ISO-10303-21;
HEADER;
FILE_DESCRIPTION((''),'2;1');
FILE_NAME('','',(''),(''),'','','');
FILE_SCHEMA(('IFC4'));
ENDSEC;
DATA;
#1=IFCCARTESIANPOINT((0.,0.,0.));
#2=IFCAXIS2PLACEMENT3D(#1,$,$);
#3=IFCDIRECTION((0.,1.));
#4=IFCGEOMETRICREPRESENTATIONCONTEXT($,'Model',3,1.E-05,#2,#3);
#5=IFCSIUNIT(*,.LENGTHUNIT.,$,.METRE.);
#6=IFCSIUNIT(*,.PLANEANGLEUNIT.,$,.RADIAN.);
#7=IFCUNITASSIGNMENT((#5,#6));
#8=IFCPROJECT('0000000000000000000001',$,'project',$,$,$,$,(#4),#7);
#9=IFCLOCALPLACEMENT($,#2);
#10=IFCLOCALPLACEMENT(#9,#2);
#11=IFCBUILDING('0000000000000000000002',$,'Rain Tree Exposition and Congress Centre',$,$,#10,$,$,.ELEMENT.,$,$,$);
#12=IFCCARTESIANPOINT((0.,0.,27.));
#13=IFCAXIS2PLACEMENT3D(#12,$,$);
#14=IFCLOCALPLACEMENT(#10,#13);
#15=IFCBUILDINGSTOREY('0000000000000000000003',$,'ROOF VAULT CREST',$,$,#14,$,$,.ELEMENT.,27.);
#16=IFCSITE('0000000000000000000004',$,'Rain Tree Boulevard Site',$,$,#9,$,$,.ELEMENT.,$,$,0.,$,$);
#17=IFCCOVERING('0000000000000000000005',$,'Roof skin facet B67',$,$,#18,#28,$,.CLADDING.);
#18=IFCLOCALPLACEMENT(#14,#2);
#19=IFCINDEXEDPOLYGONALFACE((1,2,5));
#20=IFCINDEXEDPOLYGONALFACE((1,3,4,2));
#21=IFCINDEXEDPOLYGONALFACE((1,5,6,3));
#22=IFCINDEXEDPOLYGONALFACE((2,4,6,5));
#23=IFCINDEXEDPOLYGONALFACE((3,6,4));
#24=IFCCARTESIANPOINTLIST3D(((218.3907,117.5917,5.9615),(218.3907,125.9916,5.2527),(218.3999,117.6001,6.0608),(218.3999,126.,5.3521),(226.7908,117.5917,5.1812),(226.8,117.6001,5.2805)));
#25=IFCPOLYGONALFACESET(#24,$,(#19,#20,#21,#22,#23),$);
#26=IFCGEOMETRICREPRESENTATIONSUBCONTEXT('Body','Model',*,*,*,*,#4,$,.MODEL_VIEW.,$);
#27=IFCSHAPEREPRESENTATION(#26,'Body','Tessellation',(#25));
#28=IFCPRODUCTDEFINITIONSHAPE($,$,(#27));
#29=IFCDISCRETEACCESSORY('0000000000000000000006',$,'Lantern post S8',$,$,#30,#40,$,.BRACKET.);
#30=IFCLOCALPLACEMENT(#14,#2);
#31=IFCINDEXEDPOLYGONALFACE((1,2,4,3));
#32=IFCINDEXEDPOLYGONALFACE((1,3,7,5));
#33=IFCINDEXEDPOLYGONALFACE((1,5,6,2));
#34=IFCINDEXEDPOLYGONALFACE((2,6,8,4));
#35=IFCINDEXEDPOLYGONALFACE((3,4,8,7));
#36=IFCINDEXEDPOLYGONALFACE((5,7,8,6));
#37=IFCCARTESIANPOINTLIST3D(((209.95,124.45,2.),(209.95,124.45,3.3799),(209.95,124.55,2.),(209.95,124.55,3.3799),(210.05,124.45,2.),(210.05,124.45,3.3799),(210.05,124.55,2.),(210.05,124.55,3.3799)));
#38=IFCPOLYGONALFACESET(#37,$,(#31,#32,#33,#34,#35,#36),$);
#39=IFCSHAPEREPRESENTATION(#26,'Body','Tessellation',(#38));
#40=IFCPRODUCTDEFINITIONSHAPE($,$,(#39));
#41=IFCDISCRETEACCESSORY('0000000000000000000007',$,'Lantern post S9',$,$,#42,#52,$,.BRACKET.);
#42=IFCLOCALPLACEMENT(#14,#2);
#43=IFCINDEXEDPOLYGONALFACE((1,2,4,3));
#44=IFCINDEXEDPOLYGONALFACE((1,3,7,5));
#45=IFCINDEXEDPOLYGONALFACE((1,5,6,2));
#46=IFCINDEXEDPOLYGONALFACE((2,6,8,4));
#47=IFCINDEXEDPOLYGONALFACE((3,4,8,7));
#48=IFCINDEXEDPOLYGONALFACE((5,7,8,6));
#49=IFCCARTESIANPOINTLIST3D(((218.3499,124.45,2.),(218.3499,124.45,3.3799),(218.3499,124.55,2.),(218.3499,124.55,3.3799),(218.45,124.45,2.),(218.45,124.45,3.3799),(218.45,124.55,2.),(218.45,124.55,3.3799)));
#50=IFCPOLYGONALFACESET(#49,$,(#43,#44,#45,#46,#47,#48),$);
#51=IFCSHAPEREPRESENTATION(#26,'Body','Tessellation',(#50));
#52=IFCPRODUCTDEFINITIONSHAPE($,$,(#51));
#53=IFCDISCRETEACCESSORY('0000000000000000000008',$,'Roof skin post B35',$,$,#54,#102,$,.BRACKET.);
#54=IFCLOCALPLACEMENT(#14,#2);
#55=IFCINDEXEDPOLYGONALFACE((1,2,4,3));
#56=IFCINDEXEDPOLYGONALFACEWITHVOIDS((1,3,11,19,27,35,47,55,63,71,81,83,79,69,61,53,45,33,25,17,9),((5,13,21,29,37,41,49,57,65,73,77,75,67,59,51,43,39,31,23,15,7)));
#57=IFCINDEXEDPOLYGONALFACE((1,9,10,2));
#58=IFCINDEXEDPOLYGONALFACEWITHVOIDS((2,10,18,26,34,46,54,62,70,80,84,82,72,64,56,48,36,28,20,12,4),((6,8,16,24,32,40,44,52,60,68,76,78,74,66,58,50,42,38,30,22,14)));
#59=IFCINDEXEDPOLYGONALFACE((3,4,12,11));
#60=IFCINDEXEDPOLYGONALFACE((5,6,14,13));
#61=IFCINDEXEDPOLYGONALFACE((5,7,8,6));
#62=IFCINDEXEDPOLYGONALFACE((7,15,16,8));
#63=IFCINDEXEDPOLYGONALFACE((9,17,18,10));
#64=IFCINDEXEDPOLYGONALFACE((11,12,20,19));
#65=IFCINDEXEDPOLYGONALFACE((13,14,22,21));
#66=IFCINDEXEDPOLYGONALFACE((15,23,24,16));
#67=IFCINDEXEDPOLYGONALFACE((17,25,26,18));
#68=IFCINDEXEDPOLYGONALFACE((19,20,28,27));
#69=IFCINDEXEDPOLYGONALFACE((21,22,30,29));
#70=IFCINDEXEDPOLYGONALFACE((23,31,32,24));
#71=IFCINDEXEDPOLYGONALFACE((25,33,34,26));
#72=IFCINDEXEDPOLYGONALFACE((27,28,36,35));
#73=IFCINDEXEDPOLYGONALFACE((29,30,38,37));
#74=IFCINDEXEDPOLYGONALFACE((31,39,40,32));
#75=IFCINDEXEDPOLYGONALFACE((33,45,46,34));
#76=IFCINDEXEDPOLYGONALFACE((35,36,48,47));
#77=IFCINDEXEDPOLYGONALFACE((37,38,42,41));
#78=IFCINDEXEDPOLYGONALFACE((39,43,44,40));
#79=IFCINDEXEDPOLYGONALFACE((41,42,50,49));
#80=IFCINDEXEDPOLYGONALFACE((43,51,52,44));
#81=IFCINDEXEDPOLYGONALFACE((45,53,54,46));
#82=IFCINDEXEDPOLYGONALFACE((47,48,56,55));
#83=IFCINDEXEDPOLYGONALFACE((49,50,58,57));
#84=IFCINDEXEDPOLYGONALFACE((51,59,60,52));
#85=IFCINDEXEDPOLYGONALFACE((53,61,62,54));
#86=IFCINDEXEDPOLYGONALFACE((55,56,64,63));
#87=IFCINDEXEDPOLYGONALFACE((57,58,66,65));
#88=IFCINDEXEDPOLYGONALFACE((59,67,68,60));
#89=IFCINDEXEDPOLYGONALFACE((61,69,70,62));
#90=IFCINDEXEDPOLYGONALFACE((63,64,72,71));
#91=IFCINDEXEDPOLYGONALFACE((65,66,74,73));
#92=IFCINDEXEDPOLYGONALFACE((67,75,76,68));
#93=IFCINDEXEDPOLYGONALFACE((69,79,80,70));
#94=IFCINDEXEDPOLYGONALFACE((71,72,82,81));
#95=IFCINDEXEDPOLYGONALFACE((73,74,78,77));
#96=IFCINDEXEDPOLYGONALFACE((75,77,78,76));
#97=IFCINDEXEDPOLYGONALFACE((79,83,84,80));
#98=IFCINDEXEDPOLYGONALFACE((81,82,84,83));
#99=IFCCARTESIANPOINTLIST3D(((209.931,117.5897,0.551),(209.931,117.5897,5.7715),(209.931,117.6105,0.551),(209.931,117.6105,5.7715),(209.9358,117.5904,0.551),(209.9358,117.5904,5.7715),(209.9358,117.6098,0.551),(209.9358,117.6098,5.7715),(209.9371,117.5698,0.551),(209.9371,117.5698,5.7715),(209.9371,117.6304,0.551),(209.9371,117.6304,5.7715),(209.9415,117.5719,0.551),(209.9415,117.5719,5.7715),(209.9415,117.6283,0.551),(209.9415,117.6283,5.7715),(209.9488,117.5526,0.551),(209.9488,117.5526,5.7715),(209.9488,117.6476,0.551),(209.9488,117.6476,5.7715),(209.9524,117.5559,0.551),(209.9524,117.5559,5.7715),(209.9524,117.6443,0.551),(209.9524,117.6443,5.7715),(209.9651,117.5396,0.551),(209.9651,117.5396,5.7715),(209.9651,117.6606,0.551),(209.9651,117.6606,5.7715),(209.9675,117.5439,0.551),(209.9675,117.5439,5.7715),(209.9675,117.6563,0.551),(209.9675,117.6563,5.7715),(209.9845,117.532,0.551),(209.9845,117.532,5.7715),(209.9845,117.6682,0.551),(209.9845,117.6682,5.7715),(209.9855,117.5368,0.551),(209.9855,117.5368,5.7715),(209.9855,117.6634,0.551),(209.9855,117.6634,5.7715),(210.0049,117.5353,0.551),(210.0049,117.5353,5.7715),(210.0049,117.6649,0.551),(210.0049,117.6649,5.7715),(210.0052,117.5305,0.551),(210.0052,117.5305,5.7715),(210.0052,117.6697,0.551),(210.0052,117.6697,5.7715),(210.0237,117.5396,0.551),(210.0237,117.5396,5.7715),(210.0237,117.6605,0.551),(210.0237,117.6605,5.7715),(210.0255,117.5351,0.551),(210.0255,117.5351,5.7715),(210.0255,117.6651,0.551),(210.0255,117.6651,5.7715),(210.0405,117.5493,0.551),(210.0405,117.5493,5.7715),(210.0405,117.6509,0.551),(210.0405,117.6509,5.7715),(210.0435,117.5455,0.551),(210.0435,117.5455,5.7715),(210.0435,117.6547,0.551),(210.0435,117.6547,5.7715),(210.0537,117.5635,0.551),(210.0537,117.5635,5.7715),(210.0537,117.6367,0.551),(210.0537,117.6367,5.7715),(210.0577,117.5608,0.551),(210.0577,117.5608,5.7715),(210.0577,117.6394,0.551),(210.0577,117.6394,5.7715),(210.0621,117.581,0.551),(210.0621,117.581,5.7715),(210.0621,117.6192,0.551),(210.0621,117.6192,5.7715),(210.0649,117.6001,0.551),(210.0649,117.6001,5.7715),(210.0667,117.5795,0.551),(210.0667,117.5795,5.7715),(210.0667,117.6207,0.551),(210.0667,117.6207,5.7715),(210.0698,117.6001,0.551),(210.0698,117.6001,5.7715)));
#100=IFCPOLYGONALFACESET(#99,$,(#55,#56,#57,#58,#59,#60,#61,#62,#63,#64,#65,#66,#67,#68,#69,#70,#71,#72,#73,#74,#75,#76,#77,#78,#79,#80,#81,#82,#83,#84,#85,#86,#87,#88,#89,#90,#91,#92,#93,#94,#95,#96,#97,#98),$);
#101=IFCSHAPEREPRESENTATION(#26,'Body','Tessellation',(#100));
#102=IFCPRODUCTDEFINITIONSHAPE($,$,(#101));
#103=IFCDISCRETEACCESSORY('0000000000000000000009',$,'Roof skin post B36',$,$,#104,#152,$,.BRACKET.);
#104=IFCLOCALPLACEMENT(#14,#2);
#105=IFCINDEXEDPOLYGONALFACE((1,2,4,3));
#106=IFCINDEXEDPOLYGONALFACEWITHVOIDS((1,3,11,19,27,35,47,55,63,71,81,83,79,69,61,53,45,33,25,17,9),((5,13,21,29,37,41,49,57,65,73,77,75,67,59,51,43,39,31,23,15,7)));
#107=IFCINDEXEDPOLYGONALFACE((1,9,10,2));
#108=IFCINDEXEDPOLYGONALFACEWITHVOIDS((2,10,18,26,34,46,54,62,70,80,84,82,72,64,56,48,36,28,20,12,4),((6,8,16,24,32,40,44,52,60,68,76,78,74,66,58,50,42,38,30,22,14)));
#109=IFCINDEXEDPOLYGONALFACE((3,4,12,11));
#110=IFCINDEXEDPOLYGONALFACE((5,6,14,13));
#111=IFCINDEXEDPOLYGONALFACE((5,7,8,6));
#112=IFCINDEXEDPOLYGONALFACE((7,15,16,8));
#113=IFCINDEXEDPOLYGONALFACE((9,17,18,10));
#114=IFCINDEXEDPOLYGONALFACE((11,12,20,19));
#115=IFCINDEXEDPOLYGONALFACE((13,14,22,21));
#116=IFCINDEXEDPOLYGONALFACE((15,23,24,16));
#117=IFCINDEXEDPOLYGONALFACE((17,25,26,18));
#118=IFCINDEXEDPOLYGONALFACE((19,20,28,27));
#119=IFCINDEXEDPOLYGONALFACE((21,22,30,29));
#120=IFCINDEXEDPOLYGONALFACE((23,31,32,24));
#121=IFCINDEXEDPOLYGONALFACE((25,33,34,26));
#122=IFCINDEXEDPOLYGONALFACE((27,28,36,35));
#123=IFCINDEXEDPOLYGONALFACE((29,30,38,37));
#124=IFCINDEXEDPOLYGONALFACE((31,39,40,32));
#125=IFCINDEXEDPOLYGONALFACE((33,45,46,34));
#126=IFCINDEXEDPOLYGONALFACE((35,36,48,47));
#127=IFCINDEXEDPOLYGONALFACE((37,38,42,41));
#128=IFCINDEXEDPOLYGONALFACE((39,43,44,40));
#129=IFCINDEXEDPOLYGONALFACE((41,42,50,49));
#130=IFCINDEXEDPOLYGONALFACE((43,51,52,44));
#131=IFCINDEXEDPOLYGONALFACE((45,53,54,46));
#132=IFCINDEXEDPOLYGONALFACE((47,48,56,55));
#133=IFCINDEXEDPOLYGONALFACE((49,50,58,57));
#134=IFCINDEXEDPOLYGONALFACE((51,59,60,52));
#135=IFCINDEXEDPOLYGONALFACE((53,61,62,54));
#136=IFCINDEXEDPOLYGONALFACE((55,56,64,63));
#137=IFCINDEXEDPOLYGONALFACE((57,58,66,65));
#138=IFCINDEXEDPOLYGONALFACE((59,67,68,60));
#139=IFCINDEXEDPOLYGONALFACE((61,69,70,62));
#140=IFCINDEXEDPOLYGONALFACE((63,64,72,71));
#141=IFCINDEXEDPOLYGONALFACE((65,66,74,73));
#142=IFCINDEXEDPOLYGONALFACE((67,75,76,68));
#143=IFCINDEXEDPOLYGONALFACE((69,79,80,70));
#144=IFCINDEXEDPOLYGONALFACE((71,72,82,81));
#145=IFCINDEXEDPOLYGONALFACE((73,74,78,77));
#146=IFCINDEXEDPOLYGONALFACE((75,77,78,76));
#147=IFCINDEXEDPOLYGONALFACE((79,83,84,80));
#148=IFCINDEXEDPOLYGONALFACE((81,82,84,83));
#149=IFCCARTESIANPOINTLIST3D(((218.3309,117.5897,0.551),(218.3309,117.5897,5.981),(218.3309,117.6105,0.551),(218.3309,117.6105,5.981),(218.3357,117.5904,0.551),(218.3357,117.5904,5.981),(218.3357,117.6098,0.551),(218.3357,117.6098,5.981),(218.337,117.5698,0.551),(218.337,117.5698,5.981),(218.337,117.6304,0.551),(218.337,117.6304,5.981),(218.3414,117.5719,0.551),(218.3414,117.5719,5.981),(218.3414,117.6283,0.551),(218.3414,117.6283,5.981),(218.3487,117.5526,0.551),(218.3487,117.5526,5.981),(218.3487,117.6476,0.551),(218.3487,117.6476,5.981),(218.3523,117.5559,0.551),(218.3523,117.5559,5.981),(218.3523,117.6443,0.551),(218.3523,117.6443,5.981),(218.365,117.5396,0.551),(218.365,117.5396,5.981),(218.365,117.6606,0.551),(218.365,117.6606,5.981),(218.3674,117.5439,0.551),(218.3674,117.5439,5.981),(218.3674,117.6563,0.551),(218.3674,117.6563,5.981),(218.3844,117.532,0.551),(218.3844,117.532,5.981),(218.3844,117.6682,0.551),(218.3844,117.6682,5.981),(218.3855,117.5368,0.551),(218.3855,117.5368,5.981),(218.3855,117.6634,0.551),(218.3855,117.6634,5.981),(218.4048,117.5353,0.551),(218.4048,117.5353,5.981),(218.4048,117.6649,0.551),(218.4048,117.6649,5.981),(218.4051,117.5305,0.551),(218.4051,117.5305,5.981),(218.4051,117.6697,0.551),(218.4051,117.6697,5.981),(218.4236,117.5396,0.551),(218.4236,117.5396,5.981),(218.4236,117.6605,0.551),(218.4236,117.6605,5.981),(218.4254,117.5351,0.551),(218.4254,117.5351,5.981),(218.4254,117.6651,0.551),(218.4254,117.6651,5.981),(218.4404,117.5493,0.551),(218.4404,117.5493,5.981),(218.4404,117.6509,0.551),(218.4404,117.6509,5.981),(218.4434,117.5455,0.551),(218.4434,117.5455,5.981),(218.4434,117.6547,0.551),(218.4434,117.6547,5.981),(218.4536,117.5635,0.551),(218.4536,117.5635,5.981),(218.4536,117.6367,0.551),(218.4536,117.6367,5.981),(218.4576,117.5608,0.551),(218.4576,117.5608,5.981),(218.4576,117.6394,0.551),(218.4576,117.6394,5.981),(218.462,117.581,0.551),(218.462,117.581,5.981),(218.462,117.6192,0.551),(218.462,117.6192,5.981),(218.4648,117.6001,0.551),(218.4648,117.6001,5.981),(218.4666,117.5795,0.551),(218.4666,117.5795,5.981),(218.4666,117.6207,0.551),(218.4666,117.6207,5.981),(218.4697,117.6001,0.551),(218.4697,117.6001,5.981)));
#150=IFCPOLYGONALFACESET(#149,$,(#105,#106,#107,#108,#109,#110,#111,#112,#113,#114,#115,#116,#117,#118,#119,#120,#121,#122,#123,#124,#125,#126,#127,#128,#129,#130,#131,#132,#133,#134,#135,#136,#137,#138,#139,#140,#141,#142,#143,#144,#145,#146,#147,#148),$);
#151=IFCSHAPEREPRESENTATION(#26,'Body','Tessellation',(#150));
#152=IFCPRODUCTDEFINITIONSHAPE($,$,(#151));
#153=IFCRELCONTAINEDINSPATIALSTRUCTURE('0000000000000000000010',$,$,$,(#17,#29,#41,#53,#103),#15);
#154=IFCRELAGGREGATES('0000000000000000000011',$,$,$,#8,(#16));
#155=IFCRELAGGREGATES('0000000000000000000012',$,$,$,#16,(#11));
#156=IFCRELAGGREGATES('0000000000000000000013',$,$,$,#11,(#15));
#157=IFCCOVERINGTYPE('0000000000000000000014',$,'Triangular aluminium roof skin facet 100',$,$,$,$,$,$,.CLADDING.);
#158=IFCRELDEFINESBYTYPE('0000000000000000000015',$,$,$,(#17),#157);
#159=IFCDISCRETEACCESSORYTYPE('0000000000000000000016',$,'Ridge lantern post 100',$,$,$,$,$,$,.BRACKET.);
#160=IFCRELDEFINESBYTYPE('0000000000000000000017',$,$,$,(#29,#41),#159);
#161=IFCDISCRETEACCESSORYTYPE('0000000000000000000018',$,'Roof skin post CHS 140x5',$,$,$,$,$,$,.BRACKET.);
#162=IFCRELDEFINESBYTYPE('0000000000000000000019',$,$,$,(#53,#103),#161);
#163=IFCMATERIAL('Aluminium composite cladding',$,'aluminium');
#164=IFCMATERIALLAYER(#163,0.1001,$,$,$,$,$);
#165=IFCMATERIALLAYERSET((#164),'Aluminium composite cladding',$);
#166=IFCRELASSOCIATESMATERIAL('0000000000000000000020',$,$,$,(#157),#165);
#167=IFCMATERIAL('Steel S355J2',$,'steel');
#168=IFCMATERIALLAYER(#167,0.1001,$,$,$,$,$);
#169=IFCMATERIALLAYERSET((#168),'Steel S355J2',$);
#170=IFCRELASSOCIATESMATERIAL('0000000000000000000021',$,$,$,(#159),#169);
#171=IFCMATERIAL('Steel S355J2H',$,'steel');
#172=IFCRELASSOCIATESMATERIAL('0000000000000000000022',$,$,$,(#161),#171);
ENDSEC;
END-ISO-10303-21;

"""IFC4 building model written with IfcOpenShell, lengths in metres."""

from ifc_helpers import new_model, si_unit, direction, frame, origin, origin_2d, place, context, subcontext, project, spatial, polyline, rectangle, hollow_circle, outline, extrude, material, layer, layer_set, material_profile, profile_set, type_object, element, save


model = new_model("IFC4")

# Units and contexts
model_context = context("Model", 3, precision=1e-05, world=origin(), true_north=direction((0.0, 1.0)))
body_context = subcontext(model_context, "Body", "Model", "MODEL_VIEW")
ifc_project = project(units=[si_unit("LENGTHUNIT", "METRE"), si_unit("PLANEANGLEUNIT", "RADIAN")], contexts=[model_context])

# Site, building, storey
site_placement = place(None, origin())
site = spatial("IfcSite", under=ifc_project, at=site_placement, Name="Rain Tree Boulevard Site", CompositionType="ELEMENT", RefElevation=0.0)
building_placement = place(site_placement, origin())
building = spatial("IfcBuilding", under=site, at=building_placement, Name="Rain Tree Exposition and Congress Centre", CompositionType="ELEMENT")
storey_placement = place(building_placement, frame((0.0, 0.0, 27.0)))
storey = spatial("IfcBuildingStorey", under=building, at=storey_placement, Name="ROOF VAULT CREST", CompositionType="ELEMENT", Elevation=27.0)

# Covering
ifc_material_1 = material(Name="Aluminium composite cladding", Category="aluminium")
ifc_layer_1 = layer(ifc_material_1, 0.1001)
ifc_layer_set_1 = layer_set([ifc_layer_1], Name="Aluminium composite cladding")
covering_type_1 = type_object("IfcCoveringType", Name="Triangular aluminium roof skin facet 100", PredefinedType="CLADDING", material=ifc_layer_set_1)
covering_1_placement = place(storey_placement, frame((218.3999, 117.6001, 6.0608), z_axis=(0.092165, 0.083718, 0.992218), x_axis=(0.995714, 0.0, -0.09249)))
element("IfcCovering", 1, at=covering_1_placement, inside=storey, type_object=covering_type_1, Name="Roof skin facet B67", PredefinedType="CLADDING", context=body_context, shape_type="SweptSolid", body=[
    extrude(outline(polyline([(0.0, 0.0), (8.4363, 0.0), (0.0656, 8.4295), (0.0, 0.0)])), origin(), (0.0, 0.0, -1.0), 0.1001),
])

# Discrete accessories
ifc_material_2 = material(Name="Steel S355J2", Category="steel")
ifc_layer_2 = layer(ifc_material_2, 0.1001)
ifc_layer_set_2 = layer_set([ifc_layer_2], Name="Steel S355J2")
discrete_accessory_type_1 = type_object("IfcDiscreteAccessoryType", Name="Ridge lantern post 100", PredefinedType="BRACKET", material=ifc_layer_set_2)
for number, where, z_axis, x_axis, name in (
    (2, (210.0, 124.5, 2.0), (0.0, 0.0, 1.0), (1.0, 0.0, 0.0), "Lantern post S8"),
    (3, (218.3999, 124.5, 2.0), (0.0, 0.0, 1.0), (1.0, 0.0, 0.0), "Lantern post S9"),
):
    element("IfcDiscreteAccessory", number, at=place(storey_placement, frame(where, z_axis=z_axis, x_axis=x_axis)), inside=storey, type_object=discrete_accessory_type_1, Name=name, PredefinedType="BRACKET", context=body_context, shape_type="SweptSolid", body=[
        extrude(rectangle(XDim=0.1001, YDim=0.1001, at=origin_2d()), origin(), (0.0, 0.0, 1.0), 1.3799),
    ])
ifc_material_3 = material(Name="Steel S355J2H", Category="steel")
ifc_material_profile_1 = material_profile(ifc_material_3, hollow_circle(Radius=0.0698, WallThickness=0.0049, at=origin_2d()), Name="CHS 140x5")
ifc_profile_set_1 = profile_set([ifc_material_profile_1], Name="Steel S355J2H")
discrete_accessory_type_2 = type_object("IfcDiscreteAccessoryType", Name="Roof skin post CHS 140x5", PredefinedType="BRACKET", material=ifc_profile_set_1)
discrete_accessory_1_placement = place(storey_placement, frame((210.0, 117.6001, 0.551), z_axis=(0.0, 0.0, 1.0), x_axis=(1.0, 0.0, 0.0)))
element("IfcDiscreteAccessory", 4, at=discrete_accessory_1_placement, inside=storey, type_object=discrete_accessory_type_2, Name="Roof skin post B35", PredefinedType="BRACKET", context=body_context, shape_type="SweptSolid", body=[
    extrude(hollow_circle(Radius=0.0698, WallThickness=0.0049, at=origin_2d()), origin(), (0.0, 0.0, 1.0), 5.2205),
])
discrete_accessory_2_placement = place(storey_placement, frame((218.3999, 117.6001, 0.551), z_axis=(0.0, 0.0, 1.0), x_axis=(1.0, 0.0, 0.0)))
element("IfcDiscreteAccessory", 5, at=discrete_accessory_2_placement, inside=storey, type_object=discrete_accessory_type_2, Name="Roof skin post B36", PredefinedType="BRACKET", context=body_context, shape_type="SweptSolid", body=[
    extrude(hollow_circle(Radius=0.0698, WallThickness=0.0049, at=origin_2d()), origin(), (0.0, 0.0, 1.0), 5.4299),
])

save(model, "model.ifc")
